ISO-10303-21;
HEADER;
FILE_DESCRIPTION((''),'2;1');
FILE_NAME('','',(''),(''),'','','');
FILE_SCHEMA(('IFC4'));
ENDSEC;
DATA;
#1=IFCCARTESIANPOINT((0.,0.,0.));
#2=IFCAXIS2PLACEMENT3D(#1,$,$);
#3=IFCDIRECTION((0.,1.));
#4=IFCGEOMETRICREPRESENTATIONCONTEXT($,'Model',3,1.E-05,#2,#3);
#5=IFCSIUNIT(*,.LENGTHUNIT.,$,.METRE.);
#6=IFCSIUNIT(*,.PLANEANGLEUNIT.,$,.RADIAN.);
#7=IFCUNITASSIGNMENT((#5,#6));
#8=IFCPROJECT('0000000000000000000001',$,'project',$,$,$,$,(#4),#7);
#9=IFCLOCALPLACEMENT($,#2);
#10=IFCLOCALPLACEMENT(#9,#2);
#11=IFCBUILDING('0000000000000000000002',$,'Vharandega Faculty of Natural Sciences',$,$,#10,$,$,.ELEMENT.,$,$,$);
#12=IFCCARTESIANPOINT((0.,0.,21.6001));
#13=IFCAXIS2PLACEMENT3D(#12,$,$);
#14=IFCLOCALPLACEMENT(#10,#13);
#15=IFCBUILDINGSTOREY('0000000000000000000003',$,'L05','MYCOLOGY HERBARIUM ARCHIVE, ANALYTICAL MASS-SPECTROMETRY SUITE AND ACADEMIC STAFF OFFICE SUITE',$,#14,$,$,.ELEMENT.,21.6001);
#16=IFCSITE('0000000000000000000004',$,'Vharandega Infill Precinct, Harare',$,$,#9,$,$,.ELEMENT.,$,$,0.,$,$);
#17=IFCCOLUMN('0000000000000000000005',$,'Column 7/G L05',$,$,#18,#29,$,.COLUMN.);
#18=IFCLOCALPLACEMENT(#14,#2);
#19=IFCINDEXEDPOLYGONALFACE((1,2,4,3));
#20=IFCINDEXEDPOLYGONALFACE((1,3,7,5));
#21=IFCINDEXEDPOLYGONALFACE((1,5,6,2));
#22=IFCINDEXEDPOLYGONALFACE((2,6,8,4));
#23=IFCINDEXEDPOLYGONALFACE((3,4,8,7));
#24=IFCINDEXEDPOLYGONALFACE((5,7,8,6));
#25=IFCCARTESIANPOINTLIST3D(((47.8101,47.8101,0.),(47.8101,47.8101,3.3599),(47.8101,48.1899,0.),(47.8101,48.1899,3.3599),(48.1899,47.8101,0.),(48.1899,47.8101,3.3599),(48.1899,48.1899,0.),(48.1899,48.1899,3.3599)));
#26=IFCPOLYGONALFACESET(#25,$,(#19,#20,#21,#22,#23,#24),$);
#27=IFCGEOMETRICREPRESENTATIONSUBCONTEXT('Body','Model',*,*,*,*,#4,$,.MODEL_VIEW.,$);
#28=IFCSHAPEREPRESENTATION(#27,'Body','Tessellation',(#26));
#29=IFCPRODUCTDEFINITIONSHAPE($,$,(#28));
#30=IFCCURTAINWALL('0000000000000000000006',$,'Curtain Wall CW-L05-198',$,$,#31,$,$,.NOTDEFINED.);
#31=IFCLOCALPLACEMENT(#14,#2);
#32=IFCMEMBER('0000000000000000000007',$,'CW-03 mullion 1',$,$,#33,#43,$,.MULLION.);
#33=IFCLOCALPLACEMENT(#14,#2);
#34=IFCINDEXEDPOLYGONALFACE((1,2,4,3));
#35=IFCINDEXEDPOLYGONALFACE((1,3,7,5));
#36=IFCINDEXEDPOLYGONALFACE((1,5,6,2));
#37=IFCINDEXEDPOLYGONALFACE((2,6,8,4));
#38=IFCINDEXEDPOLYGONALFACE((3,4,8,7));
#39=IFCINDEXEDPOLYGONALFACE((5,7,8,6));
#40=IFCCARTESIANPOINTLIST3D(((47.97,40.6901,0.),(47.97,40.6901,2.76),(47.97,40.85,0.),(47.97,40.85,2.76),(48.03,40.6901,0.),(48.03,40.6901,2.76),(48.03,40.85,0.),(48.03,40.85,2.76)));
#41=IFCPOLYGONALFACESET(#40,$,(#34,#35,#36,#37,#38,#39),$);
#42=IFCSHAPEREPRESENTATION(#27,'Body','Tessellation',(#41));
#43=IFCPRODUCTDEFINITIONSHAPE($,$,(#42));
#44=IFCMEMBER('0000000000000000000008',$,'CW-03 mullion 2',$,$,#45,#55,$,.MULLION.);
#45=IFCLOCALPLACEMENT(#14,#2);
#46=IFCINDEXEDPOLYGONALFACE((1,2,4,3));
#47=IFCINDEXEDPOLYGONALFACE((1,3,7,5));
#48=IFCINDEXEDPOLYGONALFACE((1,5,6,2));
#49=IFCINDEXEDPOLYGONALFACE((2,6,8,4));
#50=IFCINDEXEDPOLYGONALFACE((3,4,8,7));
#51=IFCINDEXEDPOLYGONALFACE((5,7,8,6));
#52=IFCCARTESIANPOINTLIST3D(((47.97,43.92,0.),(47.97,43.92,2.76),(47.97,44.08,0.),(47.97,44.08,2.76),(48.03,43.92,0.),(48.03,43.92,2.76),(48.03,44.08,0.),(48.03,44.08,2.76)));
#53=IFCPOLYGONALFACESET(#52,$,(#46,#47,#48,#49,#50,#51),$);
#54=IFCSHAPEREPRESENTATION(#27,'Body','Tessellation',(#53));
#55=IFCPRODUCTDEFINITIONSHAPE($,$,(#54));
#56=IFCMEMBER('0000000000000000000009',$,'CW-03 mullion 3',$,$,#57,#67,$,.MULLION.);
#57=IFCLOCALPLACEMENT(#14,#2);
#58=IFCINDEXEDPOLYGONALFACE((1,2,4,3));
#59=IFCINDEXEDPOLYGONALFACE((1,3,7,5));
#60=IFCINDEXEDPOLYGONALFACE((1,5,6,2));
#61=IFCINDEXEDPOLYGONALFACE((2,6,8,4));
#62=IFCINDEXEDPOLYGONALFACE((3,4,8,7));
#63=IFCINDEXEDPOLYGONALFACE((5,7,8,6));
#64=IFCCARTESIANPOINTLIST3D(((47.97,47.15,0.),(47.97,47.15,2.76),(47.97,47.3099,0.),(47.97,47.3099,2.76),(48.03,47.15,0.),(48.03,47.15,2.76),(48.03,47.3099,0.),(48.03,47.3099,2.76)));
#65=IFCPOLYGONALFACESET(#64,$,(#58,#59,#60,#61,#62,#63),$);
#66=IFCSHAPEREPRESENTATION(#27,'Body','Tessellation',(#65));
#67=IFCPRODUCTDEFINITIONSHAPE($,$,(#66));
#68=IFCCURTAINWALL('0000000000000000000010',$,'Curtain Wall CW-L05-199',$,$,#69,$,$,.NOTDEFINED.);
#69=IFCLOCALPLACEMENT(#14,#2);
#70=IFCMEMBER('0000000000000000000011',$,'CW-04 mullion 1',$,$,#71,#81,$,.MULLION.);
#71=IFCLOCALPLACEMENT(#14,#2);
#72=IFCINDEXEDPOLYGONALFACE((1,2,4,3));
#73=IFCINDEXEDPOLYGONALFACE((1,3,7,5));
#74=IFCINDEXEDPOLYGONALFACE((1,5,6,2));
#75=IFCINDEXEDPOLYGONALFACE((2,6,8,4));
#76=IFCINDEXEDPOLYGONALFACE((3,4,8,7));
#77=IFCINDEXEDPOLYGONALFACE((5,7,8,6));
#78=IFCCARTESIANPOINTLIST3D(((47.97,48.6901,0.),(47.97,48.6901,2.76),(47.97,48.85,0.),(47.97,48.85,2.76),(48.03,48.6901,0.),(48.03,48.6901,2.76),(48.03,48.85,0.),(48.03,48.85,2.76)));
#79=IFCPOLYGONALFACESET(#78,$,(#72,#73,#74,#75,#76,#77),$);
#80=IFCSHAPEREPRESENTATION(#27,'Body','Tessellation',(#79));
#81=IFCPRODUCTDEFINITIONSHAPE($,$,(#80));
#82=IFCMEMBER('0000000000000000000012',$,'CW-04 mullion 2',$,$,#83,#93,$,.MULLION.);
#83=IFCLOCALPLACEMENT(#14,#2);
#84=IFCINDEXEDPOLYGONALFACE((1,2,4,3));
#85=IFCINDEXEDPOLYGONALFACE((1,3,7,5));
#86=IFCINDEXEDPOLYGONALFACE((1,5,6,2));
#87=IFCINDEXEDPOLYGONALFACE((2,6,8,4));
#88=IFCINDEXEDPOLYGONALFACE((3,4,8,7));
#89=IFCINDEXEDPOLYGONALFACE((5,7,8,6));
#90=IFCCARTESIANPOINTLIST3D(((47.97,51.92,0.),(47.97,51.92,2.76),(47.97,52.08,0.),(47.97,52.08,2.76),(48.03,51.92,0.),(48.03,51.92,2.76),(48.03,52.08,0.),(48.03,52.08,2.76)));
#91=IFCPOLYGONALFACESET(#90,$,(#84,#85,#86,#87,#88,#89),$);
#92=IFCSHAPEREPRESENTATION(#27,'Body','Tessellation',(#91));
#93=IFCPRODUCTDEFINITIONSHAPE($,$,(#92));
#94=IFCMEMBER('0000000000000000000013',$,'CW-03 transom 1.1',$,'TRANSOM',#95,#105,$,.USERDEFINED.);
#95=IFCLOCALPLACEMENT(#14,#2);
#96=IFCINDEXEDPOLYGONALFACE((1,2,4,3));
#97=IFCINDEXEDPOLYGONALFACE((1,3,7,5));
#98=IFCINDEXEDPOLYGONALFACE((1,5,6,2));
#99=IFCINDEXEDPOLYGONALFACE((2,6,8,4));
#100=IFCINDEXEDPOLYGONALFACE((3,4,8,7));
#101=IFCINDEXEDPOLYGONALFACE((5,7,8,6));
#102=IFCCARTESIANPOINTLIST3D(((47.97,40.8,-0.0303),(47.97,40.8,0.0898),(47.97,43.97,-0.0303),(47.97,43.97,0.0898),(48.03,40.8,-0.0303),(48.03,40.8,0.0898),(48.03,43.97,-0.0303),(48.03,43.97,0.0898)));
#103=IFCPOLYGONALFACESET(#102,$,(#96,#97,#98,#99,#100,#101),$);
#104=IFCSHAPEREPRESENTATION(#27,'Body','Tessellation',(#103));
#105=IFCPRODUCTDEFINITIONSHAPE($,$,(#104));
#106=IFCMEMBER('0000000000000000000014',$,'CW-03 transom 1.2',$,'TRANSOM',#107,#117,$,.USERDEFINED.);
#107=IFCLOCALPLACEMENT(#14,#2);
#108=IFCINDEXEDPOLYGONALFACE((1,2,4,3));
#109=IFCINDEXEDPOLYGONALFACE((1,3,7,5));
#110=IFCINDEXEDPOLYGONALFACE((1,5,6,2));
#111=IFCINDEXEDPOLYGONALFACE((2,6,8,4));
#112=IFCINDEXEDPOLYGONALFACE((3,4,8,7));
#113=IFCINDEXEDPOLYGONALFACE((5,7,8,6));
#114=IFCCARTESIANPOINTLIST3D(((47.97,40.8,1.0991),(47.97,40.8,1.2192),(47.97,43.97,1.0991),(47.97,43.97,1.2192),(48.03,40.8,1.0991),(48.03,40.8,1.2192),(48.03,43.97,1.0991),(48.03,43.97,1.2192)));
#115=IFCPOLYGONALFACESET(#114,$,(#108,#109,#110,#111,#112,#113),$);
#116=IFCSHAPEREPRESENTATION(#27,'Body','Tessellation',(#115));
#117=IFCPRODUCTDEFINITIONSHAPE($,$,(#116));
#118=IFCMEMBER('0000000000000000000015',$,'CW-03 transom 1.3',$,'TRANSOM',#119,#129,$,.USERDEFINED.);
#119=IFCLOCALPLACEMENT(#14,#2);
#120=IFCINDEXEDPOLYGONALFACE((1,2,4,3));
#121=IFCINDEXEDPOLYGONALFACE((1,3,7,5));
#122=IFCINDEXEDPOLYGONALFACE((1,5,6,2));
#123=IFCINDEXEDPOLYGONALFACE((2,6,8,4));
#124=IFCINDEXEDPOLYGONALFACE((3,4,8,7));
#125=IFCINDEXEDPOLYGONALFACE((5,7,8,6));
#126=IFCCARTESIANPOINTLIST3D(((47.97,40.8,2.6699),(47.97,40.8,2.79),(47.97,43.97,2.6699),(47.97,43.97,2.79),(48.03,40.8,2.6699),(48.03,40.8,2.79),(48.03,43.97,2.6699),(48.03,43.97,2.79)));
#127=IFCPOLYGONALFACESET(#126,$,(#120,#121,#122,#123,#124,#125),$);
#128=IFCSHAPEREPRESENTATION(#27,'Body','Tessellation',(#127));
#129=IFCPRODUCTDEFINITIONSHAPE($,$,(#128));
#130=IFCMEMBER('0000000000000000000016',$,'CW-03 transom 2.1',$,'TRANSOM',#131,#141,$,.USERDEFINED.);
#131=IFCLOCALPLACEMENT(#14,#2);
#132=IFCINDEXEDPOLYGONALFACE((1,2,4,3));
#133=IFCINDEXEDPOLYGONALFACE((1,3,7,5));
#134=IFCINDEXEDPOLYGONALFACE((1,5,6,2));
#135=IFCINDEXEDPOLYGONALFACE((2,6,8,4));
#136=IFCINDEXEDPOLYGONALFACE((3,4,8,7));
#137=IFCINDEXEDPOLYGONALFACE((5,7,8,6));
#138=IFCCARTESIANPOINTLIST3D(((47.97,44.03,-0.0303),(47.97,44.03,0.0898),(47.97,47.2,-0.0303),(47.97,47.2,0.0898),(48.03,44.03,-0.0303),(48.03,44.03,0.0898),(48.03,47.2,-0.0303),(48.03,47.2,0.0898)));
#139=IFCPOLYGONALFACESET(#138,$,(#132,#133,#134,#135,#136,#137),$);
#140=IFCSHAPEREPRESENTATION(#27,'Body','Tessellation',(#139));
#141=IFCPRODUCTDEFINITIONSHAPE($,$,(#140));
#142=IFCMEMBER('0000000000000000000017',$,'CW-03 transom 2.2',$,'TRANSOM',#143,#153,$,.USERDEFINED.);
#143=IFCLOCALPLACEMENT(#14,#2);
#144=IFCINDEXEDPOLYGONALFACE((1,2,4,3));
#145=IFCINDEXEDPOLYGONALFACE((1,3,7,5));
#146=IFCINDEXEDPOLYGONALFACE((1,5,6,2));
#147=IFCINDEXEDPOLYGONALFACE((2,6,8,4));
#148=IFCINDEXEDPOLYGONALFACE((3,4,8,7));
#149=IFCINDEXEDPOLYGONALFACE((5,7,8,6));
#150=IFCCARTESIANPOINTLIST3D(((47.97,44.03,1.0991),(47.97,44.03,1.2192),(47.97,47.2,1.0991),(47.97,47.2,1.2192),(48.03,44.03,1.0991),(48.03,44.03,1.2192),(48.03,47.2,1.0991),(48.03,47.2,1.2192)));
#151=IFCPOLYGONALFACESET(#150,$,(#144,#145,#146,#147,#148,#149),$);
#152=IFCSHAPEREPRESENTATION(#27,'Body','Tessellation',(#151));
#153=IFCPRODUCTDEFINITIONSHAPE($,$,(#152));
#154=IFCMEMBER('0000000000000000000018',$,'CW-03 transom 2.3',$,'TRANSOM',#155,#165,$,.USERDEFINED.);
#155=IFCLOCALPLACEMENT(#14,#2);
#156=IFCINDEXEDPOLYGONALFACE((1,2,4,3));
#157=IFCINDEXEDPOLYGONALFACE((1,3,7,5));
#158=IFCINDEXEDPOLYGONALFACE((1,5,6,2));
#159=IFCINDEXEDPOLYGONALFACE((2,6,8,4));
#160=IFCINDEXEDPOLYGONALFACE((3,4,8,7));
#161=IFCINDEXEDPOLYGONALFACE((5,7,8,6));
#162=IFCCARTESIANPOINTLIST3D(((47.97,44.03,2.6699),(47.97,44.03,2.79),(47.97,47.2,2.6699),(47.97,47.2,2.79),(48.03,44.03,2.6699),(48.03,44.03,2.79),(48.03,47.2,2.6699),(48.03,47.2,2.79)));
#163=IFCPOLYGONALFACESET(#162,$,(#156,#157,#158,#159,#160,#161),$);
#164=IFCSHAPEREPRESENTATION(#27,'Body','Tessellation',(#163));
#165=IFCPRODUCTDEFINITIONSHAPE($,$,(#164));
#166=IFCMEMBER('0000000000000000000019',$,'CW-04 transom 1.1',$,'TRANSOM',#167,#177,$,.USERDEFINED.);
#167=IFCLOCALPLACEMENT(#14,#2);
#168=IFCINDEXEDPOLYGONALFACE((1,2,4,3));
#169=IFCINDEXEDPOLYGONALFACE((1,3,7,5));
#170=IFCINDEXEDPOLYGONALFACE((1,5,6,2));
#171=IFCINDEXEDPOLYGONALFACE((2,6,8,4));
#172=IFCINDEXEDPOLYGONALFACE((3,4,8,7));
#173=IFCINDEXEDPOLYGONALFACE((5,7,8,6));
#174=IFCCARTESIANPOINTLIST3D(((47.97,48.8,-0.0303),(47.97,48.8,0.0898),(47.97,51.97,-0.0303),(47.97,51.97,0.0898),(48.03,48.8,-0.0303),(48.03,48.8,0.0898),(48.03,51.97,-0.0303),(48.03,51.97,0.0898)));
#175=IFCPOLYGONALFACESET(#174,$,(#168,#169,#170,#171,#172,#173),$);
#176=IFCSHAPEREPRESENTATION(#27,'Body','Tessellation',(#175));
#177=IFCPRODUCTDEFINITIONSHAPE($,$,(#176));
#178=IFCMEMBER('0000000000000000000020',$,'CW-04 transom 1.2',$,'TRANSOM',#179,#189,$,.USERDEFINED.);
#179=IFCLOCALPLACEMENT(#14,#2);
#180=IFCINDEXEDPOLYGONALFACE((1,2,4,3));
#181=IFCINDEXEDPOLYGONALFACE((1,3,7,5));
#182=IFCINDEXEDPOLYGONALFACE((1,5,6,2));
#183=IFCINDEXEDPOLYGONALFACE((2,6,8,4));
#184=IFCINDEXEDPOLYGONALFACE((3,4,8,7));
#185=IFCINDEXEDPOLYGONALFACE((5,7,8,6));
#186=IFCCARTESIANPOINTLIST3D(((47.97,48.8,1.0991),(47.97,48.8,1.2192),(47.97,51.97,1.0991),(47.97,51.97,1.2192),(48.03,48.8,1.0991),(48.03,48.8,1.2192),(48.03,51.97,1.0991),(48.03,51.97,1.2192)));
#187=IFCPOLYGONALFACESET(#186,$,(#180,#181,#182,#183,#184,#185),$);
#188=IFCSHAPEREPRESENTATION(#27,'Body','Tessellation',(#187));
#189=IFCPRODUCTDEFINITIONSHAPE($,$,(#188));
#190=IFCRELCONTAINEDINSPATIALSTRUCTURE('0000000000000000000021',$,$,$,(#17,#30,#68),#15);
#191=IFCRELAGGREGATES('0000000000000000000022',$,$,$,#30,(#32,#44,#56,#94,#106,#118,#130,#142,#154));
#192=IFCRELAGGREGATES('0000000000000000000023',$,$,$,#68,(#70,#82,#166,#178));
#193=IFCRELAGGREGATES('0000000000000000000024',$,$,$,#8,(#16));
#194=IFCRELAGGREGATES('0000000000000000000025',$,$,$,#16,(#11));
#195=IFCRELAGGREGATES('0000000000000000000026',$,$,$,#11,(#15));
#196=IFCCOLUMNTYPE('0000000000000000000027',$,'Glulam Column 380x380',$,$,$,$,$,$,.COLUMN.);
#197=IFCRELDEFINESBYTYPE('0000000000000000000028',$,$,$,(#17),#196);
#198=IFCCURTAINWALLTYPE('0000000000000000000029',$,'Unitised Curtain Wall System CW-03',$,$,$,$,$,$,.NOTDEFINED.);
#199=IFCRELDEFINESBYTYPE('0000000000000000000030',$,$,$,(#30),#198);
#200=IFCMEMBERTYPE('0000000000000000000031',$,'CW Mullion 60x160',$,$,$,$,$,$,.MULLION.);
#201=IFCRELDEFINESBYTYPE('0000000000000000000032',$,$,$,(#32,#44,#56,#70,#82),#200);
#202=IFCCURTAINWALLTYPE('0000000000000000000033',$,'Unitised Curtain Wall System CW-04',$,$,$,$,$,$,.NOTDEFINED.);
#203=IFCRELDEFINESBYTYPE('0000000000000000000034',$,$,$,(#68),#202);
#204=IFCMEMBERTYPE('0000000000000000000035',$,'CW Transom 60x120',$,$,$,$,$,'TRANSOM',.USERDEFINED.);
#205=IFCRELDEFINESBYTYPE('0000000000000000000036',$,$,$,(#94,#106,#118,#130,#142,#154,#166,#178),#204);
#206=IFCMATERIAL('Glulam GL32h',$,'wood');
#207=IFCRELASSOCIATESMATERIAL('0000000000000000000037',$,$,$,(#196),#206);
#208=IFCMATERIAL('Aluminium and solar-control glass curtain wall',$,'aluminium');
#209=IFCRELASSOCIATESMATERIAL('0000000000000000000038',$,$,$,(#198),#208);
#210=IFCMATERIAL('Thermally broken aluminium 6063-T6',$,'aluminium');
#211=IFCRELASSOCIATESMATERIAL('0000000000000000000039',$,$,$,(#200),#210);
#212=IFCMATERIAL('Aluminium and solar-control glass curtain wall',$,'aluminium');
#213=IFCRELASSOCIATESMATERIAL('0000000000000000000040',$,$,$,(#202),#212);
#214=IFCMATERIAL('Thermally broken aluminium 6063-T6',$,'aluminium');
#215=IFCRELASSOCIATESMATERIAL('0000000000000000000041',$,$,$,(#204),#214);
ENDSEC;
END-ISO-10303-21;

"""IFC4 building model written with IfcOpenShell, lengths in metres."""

from ifc_helpers import new_model, si_unit, direction, frame, origin, origin_2d, place, context, subcontext, project, spatial, rectangle, extrude, material, material_profile, profile_set, type_object, element, aggregate, save


model = new_model("IFC4")

# Units and contexts
model_context = context("Model", 3, precision=1e-05, world=origin(), true_north=direction((0.0, 1.0)))
body_context = subcontext(model_context, "Body", "Model", "MODEL_VIEW")
ifc_project = project(units=[si_unit("LENGTHUNIT", "METRE"), si_unit("PLANEANGLEUNIT", "RADIAN")], contexts=[model_context])

# Site, building, storey
site_placement = place(None, origin())
site = spatial("IfcSite", under=ifc_project, at=site_placement, Name="Vharandega Infill Precinct, Harare", CompositionType="ELEMENT", RefElevation=0.0)
building_placement = place(site_placement, origin())
building = spatial("IfcBuilding", under=site, at=building_placement, Name="Vharandega Faculty of Natural Sciences", CompositionType="ELEMENT")
storey_placement = place(building_placement, frame((0.0, 0.0, 21.6001)))
storey = spatial("IfcBuildingStorey", under=building, at=storey_placement, Name="L05", Description="MYCOLOGY HERBARIUM ARCHIVE, ANALYTICAL MASS-SPECTROMETRY SUITE AND ACADEMIC STAFF OFFICE SUITE", CompositionType="ELEMENT", Elevation=21.6001)

# Column
ifc_material_1 = material(Name="Glulam GL32h", Category="wood")
ifc_material_profile_1 = material_profile(ifc_material_1, rectangle(XDim=0.3799, YDim=0.3799, at=origin_2d()), Name="GL32h 380x380")
ifc_profile_set_1 = profile_set([ifc_material_profile_1], Name="Glulam GL32h")
column_type = type_object("IfcColumnType", Name="Glulam Column 380x380", PredefinedType="COLUMN", material=ifc_profile_set_1)
column_placement = place(storey_placement, frame((48.0, 48.0, 0.0), z_axis=(0.0, 0.0, 1.0), x_axis=(1.0, 0.0, 0.0)))
element("IfcColumn", 1, at=column_placement, inside=storey, type_object=column_type, Name="Column 7/G L05", PredefinedType="COLUMN", context=body_context, shape_type="SweptSolid", body=[
    extrude(rectangle(XDim=0.3799, YDim=0.3799, at=origin_2d()), origin(), (0.0, 0.0, 1.0), 3.3599),
])

# Curtain walls, members
ifc_material_2 = material(Name="Aluminium and solar-control glass curtain wall", Category="aluminium")
curtain_wall_type_1 = type_object("IfcCurtainWallType", Name="Unitised Curtain Wall System CW-03", PredefinedType="NOTDEFINED", material=ifc_material_2)
curtain_wall_1_placement = place(storey_placement, origin())
curtain_wall_1 = element("IfcCurtainWall", 2, at=curtain_wall_1_placement, inside=storey, type_object=curtain_wall_type_1, Name="Curtain Wall CW-L05-198", PredefinedType="NOTDEFINED")
ifc_material_3 = material(Name="Thermally broken aluminium 6063-T6", Category="aluminium")
ifc_material_profile_2 = material_profile(ifc_material_3, rectangle(XDim=0.0601, YDim=0.1599, at=origin_2d()), Name="ALU 60x160")
ifc_profile_set_2 = profile_set([ifc_material_profile_2], Name="Thermally broken aluminium 6063-T6")
member_type_1 = type_object("IfcMemberType", Name="CW Mullion 60x160", PredefinedType="MULLION", material=ifc_profile_set_2)
member_1_placement = place(storey_placement, frame((48.0, 40.77, 0.0), z_axis=(0.0, 0.0, 1.0), x_axis=(-1.0, 0.0, 0.0)))
member_1 = element("IfcMember", 3, at=member_1_placement, type_object=member_type_1, Name="CW-03 mullion 1", PredefinedType="MULLION", context=body_context, shape_type="SweptSolid", body=[
    extrude(rectangle(XDim=0.0601, YDim=0.1599, at=origin_2d()), origin(), (0.0, 0.0, 1.0), 2.76),
])
member_2_placement = place(storey_placement, frame((48.0, 44.0, 0.0), z_axis=(0.0, 0.0, 1.0), x_axis=(-1.0, 0.0, 0.0)))
member_2 = element("IfcMember", 4, at=member_2_placement, type_object=member_type_1, Name="CW-03 mullion 2", PredefinedType="MULLION", context=body_context, shape_type="SweptSolid", body=[
    extrude(rectangle(XDim=0.0601, YDim=0.1599, at=origin_2d()), origin(), (0.0, 0.0, 1.0), 2.76),
])
member_3_placement = place(storey_placement, frame((48.0, 47.23, 0.0), z_axis=(0.0, 0.0, 1.0), x_axis=(-1.0, 0.0, 0.0)))
member_3 = element("IfcMember", 5, at=member_3_placement, type_object=member_type_1, Name="CW-03 mullion 3", PredefinedType="MULLION", context=body_context, shape_type="SweptSolid", body=[
    extrude(rectangle(XDim=0.0601, YDim=0.1599, at=origin_2d()), origin(), (0.0, 0.0, 1.0), 2.76),
])
ifc_material_4 = material(Name="Aluminium and solar-control glass curtain wall", Category="aluminium")
curtain_wall_type_2 = type_object("IfcCurtainWallType", Name="Unitised Curtain Wall System CW-04", PredefinedType="NOTDEFINED", material=ifc_material_4)
curtain_wall_2_placement = place(storey_placement, origin())
curtain_wall_2 = element("IfcCurtainWall", 6, at=curtain_wall_2_placement, inside=storey, type_object=curtain_wall_type_2, Name="Curtain Wall CW-L05-199", PredefinedType="NOTDEFINED")
member_4_placement = place(storey_placement, frame((48.0, 48.77, 0.0), z_axis=(0.0, 0.0, 1.0), x_axis=(-1.0, 0.0, 0.0)))
member_4 = element("IfcMember", 7, at=member_4_placement, type_object=member_type_1, Name="CW-04 mullion 1", PredefinedType="MULLION", context=body_context, shape_type="SweptSolid", body=[
    extrude(rectangle(XDim=0.0601, YDim=0.1599, at=origin_2d()), origin(), (0.0, 0.0, 1.0), 2.76),
])
member_5_placement = place(storey_placement, frame((48.0, 52.0, 0.0), z_axis=(0.0, 0.0, 1.0), x_axis=(-1.0, 0.0, 0.0)))
member_5 = element("IfcMember", 8, at=member_5_placement, type_object=member_type_1, Name="CW-04 mullion 2", PredefinedType="MULLION", context=body_context, shape_type="SweptSolid", body=[
    extrude(rectangle(XDim=0.0601, YDim=0.1599, at=origin_2d()), origin(), (0.0, 0.0, 1.0), 2.76),
])

# Members
ifc_material_5 = material(Name="Thermally broken aluminium 6063-T6", Category="aluminium")
ifc_material_profile_3 = material_profile(ifc_material_5, rectangle(XDim=0.0601, YDim=0.1201, at=origin_2d()), Name="ALU 60x120")
ifc_profile_set_3 = profile_set([ifc_material_profile_3], Name="Thermally broken aluminium 6063-T6")
member_type_2 = type_object("IfcMemberType", Name="CW Transom 60x120", ElementType="TRANSOM", PredefinedType="USERDEFINED", material=ifc_profile_set_3)
member_6_placement = place(storey_placement, frame((48.0, 40.8, 0.0298), z_axis=(0.0, 1.0, 0.0), x_axis=(-1.0, 0.0, 0.0)))
member_6 = element("IfcMember", 9, at=member_6_placement, type_object=member_type_2, Name="CW-03 transom 1.1", ObjectType="TRANSOM", PredefinedType="USERDEFINED", context=body_context, shape_type="SweptSolid", body=[
    extrude(rectangle(XDim=0.0601, YDim=0.1201, at=origin_2d()), origin(), (0.0, 0.0, 1.0), 3.1699),
])
member_7_placement = place(storey_placement, frame((48.0, 40.8, 1.1592), z_axis=(0.0, 1.0, 0.0), x_axis=(-1.0, 0.0, 0.0)))
member_7 = element("IfcMember", 10, at=member_7_placement, type_object=member_type_2, Name="CW-03 transom 1.2", ObjectType="TRANSOM", PredefinedType="USERDEFINED", context=body_context, shape_type="SweptSolid", body=[
    extrude(rectangle(XDim=0.0601, YDim=0.1201, at=origin_2d()), origin(), (0.0, 0.0, 1.0), 3.1699),
])
member_8_placement = place(storey_placement, frame((48.0, 40.8, 2.73), z_axis=(0.0, 1.0, 0.0), x_axis=(-1.0, 0.0, 0.0)))
member_8 = element("IfcMember", 11, at=member_8_placement, type_object=member_type_2, Name="CW-03 transom 1.3", ObjectType="TRANSOM", PredefinedType="USERDEFINED", context=body_context, shape_type="SweptSolid", body=[
    extrude(rectangle(XDim=0.0601, YDim=0.1201, at=origin_2d()), origin(), (0.0, 0.0, 1.0), 3.1699),
])
member_9_placement = place(storey_placement, frame((48.0, 44.03, 0.0298), z_axis=(0.0, 1.0, 0.0), x_axis=(-1.0, 0.0, 0.0)))
member_9 = element("IfcMember", 12, at=member_9_placement, type_object=member_type_2, Name="CW-03 transom 2.1", ObjectType="TRANSOM", PredefinedType="USERDEFINED", context=body_context, shape_type="SweptSolid", body=[
    extrude(rectangle(XDim=0.0601, YDim=0.1201, at=origin_2d()), origin(), (0.0, 0.0, 1.0), 3.1699),
])
member_10_placement = place(storey_placement, frame((48.0, 44.03, 1.1592), z_axis=(0.0, 1.0, 0.0), x_axis=(-1.0, 0.0, 0.0)))
member_10 = element("IfcMember", 13, at=member_10_placement, type_object=member_type_2, Name="CW-03 transom 2.2", ObjectType="TRANSOM", PredefinedType="USERDEFINED", context=body_context, shape_type="SweptSolid", body=[
    extrude(rectangle(XDim=0.0601, YDim=0.1201, at=origin_2d()), origin(), (0.0, 0.0, 1.0), 3.1699),
])
member_11_placement = place(storey_placement, frame((48.0, 44.03, 2.73), z_axis=(0.0, 1.0, 0.0), x_axis=(-1.0, 0.0, 0.0)))
member_11 = element("IfcMember", 14, at=member_11_placement, type_object=member_type_2, Name="CW-03 transom 2.3", ObjectType="TRANSOM", PredefinedType="USERDEFINED", context=body_context, shape_type="SweptSolid", body=[
    extrude(rectangle(XDim=0.0601, YDim=0.1201, at=origin_2d()), origin(), (0.0, 0.0, 1.0), 3.1699),
])
member_12_placement = place(storey_placement, frame((48.0, 48.8, 0.0298), z_axis=(0.0, 1.0, 0.0), x_axis=(-1.0, 0.0, 0.0)))
member_12 = element("IfcMember", 15, at=member_12_placement, type_object=member_type_2, Name="CW-04 transom 1.1", ObjectType="TRANSOM", PredefinedType="USERDEFINED", context=body_context, shape_type="SweptSolid", body=[
    extrude(rectangle(XDim=0.0601, YDim=0.1201, at=origin_2d()), origin(), (0.0, 0.0, 1.0), 3.1699),
])
member_13_placement = place(storey_placement, frame((48.0, 48.8, 1.1592), z_axis=(0.0, 1.0, 0.0), x_axis=(-1.0, 0.0, 0.0)))
member_13 = element("IfcMember", 16, at=member_13_placement, type_object=member_type_2, Name="CW-04 transom 1.2", ObjectType="TRANSOM", PredefinedType="USERDEFINED", context=body_context, shape_type="SweptSolid", body=[
    extrude(rectangle(XDim=0.0601, YDim=0.1201, at=origin_2d()), origin(), (0.0, 0.0, 1.0), 3.1699),
])

aggregate(curtain_wall_1, [member_1, member_2, member_3, member_6, member_7, member_8, member_9, member_10, member_11])
aggregate(curtain_wall_2, [member_4, member_5, member_12, member_13])

save(model, "model.ifc")
